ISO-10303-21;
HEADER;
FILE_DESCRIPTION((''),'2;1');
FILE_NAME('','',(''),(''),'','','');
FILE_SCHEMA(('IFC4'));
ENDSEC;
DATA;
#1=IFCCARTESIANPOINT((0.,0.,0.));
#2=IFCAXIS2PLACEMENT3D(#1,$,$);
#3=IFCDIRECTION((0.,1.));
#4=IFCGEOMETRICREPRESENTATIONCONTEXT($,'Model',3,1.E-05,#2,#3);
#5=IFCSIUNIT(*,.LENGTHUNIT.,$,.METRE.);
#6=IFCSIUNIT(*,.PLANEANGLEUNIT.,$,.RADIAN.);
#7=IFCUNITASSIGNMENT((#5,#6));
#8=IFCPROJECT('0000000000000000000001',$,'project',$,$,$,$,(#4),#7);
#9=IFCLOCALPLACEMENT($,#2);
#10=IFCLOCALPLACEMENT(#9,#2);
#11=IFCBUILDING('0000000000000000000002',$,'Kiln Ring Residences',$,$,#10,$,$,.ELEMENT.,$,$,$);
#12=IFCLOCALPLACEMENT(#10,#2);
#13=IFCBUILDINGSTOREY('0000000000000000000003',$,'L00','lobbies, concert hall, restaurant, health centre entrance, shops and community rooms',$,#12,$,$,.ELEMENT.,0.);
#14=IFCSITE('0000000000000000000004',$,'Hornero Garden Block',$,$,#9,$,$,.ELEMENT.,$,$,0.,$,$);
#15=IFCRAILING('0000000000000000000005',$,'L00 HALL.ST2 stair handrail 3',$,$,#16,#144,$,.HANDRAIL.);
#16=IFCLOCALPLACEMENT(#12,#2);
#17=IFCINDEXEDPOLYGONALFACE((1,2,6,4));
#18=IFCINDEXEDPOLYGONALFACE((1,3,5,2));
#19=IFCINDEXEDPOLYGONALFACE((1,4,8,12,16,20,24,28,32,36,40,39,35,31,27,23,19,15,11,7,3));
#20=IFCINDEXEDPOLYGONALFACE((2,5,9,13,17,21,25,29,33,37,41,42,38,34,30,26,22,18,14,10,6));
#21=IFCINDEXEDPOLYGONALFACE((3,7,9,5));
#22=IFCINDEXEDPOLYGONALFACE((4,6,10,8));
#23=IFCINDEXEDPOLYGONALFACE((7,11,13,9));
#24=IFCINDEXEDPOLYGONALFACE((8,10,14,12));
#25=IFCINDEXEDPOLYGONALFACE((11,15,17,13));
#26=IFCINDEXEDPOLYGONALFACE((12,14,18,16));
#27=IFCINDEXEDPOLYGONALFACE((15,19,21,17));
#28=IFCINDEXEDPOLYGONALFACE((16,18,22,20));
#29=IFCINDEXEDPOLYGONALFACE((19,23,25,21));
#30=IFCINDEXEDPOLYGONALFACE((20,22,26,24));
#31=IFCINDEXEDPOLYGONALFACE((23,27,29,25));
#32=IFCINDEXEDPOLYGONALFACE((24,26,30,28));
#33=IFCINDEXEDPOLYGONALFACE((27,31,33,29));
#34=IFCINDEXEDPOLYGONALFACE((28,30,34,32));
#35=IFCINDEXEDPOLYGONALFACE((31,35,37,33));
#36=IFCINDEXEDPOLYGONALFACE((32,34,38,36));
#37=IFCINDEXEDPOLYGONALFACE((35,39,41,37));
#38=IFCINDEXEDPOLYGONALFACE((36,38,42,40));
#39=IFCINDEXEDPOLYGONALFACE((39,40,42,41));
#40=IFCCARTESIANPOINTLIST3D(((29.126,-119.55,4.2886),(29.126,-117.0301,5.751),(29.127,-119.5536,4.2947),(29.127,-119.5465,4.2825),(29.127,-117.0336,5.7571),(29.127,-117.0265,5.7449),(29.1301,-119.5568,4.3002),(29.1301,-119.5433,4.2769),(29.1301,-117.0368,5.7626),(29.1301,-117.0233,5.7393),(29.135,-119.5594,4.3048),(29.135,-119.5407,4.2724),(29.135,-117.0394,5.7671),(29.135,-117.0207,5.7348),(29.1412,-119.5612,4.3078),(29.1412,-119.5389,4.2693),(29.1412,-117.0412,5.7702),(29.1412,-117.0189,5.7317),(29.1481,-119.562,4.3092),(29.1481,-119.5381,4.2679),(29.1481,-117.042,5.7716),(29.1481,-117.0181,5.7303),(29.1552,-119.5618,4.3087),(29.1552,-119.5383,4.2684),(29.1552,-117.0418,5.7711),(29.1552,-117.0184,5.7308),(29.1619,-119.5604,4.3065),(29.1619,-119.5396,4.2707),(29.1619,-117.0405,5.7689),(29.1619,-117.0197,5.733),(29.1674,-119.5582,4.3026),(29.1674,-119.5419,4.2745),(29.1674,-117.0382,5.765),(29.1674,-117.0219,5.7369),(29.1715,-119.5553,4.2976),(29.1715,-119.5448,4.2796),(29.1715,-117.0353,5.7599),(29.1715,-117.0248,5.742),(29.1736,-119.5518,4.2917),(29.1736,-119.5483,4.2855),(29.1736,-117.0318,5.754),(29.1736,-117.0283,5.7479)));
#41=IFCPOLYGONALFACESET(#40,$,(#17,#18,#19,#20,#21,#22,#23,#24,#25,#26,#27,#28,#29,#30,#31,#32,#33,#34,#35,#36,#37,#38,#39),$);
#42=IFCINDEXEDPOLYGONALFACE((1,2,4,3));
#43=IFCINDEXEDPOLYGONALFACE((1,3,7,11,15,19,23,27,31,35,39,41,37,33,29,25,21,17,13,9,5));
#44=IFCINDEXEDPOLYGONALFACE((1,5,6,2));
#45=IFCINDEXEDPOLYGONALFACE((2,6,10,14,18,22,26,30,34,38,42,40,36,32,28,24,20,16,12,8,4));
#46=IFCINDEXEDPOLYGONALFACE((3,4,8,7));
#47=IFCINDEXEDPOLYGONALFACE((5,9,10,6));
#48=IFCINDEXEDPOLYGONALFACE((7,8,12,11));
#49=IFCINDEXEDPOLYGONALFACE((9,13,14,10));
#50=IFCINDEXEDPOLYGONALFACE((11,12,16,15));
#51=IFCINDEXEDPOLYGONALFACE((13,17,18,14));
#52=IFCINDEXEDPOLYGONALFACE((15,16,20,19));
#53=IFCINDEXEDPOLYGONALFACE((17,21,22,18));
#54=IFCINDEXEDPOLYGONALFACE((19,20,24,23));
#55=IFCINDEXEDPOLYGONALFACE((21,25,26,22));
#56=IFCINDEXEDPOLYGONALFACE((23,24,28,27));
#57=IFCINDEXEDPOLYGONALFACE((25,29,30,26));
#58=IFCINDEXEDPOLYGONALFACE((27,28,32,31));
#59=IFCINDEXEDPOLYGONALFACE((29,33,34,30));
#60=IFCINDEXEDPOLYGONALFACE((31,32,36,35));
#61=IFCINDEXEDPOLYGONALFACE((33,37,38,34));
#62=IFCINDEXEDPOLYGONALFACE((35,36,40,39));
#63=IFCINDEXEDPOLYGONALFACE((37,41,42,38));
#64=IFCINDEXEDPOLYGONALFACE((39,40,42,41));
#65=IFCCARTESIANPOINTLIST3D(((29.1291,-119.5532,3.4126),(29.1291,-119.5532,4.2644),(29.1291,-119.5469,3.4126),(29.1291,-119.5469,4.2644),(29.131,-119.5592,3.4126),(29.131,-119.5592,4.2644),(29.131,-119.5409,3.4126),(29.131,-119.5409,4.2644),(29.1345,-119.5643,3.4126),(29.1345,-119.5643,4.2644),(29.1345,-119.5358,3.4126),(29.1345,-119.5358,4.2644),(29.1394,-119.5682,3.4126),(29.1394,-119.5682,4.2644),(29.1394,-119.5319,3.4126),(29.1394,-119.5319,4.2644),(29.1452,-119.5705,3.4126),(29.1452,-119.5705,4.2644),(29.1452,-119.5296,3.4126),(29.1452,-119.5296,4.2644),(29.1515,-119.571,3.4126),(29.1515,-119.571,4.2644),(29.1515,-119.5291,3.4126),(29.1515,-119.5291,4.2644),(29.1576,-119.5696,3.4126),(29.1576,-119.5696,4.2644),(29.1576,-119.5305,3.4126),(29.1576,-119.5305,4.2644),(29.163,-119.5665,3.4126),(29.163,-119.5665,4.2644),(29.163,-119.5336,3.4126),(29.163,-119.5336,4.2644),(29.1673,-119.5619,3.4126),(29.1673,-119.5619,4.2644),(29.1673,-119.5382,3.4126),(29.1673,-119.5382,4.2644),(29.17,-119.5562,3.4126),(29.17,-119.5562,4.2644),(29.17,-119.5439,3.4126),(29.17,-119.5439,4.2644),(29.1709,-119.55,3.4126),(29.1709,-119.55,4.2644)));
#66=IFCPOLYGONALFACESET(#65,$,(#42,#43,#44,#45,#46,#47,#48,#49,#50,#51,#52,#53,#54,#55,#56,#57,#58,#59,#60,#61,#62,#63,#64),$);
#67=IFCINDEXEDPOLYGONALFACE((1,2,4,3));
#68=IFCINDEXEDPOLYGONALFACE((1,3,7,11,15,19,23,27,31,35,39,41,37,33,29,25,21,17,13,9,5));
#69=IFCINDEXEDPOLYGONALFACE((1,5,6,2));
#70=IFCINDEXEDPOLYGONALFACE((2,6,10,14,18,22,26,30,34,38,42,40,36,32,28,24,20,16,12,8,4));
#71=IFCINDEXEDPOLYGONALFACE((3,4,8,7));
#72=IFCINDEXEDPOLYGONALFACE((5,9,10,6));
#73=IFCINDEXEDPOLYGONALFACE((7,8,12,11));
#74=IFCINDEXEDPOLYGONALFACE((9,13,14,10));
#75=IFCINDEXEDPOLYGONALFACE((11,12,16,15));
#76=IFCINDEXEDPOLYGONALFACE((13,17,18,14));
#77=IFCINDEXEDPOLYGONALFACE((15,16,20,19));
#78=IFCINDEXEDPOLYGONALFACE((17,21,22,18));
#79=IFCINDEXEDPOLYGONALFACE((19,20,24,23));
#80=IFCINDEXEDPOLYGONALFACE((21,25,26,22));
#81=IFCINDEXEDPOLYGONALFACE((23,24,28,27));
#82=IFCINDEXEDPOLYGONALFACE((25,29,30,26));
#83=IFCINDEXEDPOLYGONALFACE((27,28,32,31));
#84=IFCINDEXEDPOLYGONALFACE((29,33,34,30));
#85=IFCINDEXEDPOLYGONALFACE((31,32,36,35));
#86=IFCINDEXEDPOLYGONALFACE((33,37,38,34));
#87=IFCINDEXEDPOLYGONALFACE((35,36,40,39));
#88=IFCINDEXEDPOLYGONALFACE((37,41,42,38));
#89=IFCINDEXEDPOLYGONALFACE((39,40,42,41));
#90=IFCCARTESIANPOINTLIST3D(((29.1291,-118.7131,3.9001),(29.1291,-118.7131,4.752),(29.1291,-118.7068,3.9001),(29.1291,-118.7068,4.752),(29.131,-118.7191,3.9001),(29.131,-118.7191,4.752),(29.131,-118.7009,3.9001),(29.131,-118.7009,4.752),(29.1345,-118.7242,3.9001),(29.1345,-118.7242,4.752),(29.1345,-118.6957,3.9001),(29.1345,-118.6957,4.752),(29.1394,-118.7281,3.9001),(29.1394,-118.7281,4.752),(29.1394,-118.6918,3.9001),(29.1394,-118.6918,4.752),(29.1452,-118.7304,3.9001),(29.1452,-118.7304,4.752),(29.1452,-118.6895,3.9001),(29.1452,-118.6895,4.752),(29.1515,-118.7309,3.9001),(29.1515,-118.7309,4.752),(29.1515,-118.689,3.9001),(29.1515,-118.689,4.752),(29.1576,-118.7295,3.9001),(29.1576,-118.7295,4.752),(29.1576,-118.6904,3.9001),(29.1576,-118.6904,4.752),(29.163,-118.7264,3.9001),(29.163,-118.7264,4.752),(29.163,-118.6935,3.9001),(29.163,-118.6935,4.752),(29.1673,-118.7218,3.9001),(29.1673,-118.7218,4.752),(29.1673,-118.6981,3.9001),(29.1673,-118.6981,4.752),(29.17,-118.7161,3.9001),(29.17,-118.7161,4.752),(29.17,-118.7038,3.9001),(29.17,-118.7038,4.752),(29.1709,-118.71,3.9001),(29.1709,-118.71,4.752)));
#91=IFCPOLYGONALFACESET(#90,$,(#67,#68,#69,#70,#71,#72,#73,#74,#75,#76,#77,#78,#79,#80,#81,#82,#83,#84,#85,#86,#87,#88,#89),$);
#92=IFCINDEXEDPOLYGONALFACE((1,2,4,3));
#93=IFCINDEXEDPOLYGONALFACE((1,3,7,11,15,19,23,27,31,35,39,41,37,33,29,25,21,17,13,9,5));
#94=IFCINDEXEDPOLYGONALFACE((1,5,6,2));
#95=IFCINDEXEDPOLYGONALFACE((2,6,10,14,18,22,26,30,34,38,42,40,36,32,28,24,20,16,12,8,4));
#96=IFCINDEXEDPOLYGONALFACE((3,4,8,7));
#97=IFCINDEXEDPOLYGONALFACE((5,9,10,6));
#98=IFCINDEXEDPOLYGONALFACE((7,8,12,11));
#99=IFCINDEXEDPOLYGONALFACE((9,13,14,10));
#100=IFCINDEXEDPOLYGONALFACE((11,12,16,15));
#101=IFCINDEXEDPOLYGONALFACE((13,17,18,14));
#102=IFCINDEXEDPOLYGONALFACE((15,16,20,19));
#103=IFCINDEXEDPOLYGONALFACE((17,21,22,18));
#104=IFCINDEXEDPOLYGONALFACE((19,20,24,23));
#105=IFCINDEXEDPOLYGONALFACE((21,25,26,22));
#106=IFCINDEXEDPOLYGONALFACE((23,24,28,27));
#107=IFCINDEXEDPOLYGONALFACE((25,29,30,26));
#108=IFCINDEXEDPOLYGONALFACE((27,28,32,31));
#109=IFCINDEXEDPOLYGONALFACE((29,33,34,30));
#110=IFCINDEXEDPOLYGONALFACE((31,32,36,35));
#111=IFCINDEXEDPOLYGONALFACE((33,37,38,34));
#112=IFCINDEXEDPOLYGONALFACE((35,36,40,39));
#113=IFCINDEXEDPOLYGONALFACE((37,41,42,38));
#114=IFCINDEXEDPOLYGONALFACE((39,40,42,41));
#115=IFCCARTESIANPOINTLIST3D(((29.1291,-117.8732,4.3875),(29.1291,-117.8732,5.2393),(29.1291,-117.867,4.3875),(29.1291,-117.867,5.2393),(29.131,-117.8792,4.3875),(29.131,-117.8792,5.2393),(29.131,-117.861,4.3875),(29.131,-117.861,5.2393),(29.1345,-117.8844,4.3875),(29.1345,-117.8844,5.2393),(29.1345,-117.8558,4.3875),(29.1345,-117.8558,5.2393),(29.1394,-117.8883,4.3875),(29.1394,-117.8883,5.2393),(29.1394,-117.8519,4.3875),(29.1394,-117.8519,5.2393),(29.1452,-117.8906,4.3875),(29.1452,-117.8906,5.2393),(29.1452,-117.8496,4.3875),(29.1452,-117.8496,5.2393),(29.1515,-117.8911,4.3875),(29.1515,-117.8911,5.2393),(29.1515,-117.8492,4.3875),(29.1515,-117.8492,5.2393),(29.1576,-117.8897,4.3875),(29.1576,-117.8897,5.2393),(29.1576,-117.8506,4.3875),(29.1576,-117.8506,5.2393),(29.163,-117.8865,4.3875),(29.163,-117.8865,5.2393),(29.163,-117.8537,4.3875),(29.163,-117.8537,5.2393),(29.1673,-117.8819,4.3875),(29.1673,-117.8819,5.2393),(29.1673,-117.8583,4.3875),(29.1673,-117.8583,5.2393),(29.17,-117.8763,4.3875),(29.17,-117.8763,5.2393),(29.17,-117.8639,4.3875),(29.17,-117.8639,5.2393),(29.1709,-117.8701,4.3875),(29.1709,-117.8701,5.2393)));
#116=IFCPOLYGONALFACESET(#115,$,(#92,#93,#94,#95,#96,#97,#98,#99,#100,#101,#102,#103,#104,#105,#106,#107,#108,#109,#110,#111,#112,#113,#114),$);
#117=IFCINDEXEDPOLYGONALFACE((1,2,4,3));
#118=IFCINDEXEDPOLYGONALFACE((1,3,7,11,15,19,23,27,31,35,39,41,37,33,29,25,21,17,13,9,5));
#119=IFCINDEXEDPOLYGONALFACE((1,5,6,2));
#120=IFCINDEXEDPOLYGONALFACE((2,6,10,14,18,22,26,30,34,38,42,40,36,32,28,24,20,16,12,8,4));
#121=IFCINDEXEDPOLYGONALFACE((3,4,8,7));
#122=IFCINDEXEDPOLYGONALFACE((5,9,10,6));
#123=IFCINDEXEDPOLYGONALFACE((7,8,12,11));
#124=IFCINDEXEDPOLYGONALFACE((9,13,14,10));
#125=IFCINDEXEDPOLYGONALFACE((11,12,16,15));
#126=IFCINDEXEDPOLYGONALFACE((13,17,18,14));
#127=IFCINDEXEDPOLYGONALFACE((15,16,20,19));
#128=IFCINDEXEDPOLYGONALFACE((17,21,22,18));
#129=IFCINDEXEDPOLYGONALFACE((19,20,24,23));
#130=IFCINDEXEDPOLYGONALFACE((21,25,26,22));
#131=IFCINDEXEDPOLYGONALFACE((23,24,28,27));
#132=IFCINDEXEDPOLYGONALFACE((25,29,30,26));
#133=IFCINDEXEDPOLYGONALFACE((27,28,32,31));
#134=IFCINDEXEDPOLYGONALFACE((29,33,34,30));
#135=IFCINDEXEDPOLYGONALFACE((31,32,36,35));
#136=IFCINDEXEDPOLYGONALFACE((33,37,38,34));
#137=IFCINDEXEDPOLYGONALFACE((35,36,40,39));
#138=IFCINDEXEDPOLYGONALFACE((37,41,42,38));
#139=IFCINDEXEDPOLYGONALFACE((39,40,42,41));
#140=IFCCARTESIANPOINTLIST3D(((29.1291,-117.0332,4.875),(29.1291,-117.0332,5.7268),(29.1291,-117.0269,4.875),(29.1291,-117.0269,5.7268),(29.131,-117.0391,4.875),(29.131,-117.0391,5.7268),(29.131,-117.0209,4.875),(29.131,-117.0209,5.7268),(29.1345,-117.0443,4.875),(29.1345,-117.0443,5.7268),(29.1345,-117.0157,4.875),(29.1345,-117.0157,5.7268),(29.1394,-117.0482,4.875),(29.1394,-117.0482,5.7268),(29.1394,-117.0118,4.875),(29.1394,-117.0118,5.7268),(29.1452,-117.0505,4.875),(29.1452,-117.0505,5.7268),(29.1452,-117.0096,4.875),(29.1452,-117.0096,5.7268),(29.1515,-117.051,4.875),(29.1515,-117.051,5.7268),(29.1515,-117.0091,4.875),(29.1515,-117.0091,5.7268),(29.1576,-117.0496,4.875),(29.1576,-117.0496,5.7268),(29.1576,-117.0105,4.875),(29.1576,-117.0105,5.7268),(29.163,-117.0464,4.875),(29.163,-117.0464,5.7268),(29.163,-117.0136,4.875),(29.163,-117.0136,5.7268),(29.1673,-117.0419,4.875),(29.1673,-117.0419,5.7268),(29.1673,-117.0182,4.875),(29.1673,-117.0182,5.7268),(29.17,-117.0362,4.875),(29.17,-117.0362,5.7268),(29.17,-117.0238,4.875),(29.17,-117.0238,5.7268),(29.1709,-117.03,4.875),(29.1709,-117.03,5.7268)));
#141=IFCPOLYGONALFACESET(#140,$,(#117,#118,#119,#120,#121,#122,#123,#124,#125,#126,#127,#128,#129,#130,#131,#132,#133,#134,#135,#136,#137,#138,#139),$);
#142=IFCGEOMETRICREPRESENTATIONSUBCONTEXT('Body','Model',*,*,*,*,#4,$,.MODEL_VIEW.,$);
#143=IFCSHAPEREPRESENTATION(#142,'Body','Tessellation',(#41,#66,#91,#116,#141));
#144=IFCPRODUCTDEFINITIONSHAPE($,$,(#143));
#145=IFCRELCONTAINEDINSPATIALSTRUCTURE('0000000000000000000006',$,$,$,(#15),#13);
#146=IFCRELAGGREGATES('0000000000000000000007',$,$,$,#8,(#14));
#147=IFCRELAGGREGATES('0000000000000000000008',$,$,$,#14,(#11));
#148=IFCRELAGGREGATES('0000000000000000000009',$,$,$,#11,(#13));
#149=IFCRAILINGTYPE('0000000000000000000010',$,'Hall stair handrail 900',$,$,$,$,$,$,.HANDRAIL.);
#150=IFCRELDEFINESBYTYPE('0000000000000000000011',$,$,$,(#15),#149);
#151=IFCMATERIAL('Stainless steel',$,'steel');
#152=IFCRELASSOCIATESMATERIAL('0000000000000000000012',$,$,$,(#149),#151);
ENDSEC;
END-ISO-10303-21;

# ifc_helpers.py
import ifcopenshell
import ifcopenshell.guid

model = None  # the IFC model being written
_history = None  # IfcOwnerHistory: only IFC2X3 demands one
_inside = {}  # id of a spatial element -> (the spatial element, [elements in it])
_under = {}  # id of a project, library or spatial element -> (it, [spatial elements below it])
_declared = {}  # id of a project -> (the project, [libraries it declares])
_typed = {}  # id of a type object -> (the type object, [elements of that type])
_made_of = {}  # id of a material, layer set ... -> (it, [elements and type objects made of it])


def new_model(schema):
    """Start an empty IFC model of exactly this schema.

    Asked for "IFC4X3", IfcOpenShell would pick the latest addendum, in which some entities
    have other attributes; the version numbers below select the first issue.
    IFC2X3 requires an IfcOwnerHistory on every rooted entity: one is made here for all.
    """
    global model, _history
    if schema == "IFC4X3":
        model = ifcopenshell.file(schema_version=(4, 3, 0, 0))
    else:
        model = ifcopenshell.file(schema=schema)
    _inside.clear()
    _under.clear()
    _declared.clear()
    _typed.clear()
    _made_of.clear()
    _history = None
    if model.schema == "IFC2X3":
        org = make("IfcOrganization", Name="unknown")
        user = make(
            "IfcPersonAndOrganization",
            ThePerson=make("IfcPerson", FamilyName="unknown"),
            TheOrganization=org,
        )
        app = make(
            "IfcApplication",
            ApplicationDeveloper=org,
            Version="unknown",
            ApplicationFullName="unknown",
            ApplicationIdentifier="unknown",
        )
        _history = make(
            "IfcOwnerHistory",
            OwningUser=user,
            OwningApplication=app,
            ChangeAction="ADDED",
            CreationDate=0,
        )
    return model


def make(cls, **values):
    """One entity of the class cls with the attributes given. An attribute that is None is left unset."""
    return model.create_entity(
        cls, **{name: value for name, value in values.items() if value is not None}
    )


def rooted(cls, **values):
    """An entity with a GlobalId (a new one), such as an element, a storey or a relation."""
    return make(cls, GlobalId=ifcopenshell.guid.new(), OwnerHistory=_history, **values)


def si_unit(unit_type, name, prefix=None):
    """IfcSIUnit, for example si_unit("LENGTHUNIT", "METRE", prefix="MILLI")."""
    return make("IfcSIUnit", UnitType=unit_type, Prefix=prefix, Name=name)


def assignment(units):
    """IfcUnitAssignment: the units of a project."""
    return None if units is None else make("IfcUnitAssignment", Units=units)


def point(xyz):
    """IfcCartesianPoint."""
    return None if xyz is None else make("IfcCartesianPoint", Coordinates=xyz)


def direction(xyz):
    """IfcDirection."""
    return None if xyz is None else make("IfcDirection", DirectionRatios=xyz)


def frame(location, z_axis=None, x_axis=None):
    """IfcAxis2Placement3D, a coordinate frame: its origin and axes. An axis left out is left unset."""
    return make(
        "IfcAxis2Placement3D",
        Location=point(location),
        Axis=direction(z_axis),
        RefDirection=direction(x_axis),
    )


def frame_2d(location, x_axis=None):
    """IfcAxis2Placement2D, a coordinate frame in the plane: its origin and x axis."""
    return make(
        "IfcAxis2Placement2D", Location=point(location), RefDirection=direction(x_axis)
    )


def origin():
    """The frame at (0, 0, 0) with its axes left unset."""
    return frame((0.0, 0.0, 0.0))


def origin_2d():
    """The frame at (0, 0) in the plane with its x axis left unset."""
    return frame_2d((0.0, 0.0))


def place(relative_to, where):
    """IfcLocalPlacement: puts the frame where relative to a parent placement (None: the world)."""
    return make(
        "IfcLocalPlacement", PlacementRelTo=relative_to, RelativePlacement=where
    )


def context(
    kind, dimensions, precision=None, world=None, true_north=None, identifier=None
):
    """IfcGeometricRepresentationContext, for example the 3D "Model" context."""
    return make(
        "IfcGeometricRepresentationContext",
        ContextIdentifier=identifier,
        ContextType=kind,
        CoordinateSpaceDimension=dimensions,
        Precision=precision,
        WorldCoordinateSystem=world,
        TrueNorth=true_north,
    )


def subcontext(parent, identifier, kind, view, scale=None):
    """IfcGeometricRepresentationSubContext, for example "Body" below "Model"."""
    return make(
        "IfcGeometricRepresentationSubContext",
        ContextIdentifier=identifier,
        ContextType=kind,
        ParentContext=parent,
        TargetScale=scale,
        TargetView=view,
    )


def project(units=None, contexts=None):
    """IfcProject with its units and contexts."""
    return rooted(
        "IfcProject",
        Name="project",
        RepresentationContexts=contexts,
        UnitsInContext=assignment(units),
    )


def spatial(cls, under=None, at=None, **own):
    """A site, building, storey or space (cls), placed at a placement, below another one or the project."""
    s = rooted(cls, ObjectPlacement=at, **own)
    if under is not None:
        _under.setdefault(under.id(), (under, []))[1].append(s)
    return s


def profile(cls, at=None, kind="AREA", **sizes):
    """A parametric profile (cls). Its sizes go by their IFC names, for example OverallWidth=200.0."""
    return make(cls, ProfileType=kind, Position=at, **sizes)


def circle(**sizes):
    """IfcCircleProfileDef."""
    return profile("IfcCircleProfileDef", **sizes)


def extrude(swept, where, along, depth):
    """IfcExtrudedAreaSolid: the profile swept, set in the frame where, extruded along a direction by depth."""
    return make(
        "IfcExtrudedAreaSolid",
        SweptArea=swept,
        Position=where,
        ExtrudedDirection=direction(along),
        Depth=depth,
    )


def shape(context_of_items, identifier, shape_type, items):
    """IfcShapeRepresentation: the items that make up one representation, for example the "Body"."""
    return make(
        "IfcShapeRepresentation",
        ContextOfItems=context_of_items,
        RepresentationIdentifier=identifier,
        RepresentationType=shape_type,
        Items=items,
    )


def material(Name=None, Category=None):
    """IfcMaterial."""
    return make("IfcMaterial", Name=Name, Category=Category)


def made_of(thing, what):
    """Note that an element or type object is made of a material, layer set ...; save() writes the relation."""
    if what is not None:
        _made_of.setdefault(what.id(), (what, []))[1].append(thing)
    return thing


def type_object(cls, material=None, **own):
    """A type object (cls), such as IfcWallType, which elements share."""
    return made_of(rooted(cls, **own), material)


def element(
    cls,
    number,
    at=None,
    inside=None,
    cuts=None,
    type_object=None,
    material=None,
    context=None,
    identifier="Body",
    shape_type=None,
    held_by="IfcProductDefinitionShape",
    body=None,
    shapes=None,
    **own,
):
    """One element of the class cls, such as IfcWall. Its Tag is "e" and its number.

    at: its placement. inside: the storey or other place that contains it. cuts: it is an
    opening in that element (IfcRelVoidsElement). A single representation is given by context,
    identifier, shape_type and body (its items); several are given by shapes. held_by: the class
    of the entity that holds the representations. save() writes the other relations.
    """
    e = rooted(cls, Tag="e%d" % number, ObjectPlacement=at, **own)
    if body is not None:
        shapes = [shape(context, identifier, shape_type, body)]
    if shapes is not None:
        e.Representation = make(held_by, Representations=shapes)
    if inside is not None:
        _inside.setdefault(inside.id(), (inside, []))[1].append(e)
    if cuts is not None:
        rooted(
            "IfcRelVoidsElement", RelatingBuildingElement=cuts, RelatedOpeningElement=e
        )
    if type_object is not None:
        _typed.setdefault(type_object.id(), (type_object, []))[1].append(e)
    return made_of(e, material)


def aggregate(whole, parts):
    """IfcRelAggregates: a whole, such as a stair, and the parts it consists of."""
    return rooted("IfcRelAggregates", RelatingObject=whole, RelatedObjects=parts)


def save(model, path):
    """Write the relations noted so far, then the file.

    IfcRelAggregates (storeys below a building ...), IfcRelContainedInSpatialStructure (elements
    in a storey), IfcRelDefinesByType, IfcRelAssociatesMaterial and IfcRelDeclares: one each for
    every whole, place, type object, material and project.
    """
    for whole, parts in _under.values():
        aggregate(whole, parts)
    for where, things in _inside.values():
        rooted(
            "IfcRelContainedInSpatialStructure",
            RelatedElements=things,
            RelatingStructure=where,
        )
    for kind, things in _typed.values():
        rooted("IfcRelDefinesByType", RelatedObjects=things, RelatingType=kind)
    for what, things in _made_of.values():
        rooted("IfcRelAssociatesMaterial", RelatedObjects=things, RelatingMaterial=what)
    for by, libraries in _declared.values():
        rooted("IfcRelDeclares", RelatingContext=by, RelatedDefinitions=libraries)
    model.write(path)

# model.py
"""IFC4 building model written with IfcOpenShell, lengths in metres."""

from ifc_helpers import new_model, si_unit, direction, frame, origin, origin_2d, place, context, subcontext, project, spatial, circle, extrude, material, type_object, element, save


model = new_model("IFC4")

# Units and contexts
model_context = context("Model", 3, precision=1e-05, world=origin(), true_north=direction((0.0, 1.0)))
body_context = subcontext(model_context, "Body", "Model", "MODEL_VIEW")
ifc_project = project(units=[si_unit("LENGTHUNIT", "METRE"), si_unit("PLANEANGLEUNIT", "RADIAN")], contexts=[model_context])

# Site, building, storey
site_placement = place(None, origin())
site = spatial("IfcSite", under=ifc_project, at=site_placement, Name="Hornero Garden Block", CompositionType="ELEMENT", RefElevation=0.0)
building_placement = place(site_placement, origin())
building = spatial("IfcBuilding", under=site, at=building_placement, Name="Kiln Ring Residences", CompositionType="ELEMENT")
storey_placement = place(building_placement, origin())
storey = spatial("IfcBuildingStorey", under=building, at=storey_placement, Name="L00", Description="lobbies, concert hall, restaurant, health centre entrance, shops and community rooms", CompositionType="ELEMENT", Elevation=0.0)

# Railing
ifc_material_1 = material(Name="Stainless steel", Category="steel")
railing_type_1 = type_object("IfcRailingType", Name="Hall stair handrail 900", PredefinedType="HANDRAIL", material=ifc_material_1)
for number, where, name in (
    (1, (29.1499, -119.55, 3.4126), "L00 HALL.ST2 stair handrail 3"),
):
    element("IfcRailing", number, at=place(storey_placement, frame(where)), inside=storey, type_object=railing_type_1, Name=name, PredefinedType="HANDRAIL", context=body_context, shape_type="SweptSolid", body=[
        extrude(circle(Radius=0.0239, at=origin_2d()), frame((0.0, 0.0, 0.876), z_axis=(0.0, 0.864913, 0.501921), x_axis=(-1.0, 0.0, 0.0)), (0.0, 0.0, 1.0), 2.9136),
        extrude(circle(Radius=0.021, at=origin_2d()), origin(), (0.0, 0.0, 1.0), 0.8518),
        extrude(circle(Radius=0.021, at=origin_2d()), frame((0.0, 0.8401, 0.4875)), (0.0, 0.0, 1.0), 0.8518),
        extrude(circle(Radius=0.021, at=origin_2d()), frame((0.0, 1.6799, 0.9749)), (0.0, 0.0, 1.0), 0.8518),
        extrude(circle(Radius=0.021, at=origin_2d()), frame((0.0, 2.52, 1.4624)), (0.0, 0.0, 1.0), 0.8518),
    ])

save(model, "model.ifc")
